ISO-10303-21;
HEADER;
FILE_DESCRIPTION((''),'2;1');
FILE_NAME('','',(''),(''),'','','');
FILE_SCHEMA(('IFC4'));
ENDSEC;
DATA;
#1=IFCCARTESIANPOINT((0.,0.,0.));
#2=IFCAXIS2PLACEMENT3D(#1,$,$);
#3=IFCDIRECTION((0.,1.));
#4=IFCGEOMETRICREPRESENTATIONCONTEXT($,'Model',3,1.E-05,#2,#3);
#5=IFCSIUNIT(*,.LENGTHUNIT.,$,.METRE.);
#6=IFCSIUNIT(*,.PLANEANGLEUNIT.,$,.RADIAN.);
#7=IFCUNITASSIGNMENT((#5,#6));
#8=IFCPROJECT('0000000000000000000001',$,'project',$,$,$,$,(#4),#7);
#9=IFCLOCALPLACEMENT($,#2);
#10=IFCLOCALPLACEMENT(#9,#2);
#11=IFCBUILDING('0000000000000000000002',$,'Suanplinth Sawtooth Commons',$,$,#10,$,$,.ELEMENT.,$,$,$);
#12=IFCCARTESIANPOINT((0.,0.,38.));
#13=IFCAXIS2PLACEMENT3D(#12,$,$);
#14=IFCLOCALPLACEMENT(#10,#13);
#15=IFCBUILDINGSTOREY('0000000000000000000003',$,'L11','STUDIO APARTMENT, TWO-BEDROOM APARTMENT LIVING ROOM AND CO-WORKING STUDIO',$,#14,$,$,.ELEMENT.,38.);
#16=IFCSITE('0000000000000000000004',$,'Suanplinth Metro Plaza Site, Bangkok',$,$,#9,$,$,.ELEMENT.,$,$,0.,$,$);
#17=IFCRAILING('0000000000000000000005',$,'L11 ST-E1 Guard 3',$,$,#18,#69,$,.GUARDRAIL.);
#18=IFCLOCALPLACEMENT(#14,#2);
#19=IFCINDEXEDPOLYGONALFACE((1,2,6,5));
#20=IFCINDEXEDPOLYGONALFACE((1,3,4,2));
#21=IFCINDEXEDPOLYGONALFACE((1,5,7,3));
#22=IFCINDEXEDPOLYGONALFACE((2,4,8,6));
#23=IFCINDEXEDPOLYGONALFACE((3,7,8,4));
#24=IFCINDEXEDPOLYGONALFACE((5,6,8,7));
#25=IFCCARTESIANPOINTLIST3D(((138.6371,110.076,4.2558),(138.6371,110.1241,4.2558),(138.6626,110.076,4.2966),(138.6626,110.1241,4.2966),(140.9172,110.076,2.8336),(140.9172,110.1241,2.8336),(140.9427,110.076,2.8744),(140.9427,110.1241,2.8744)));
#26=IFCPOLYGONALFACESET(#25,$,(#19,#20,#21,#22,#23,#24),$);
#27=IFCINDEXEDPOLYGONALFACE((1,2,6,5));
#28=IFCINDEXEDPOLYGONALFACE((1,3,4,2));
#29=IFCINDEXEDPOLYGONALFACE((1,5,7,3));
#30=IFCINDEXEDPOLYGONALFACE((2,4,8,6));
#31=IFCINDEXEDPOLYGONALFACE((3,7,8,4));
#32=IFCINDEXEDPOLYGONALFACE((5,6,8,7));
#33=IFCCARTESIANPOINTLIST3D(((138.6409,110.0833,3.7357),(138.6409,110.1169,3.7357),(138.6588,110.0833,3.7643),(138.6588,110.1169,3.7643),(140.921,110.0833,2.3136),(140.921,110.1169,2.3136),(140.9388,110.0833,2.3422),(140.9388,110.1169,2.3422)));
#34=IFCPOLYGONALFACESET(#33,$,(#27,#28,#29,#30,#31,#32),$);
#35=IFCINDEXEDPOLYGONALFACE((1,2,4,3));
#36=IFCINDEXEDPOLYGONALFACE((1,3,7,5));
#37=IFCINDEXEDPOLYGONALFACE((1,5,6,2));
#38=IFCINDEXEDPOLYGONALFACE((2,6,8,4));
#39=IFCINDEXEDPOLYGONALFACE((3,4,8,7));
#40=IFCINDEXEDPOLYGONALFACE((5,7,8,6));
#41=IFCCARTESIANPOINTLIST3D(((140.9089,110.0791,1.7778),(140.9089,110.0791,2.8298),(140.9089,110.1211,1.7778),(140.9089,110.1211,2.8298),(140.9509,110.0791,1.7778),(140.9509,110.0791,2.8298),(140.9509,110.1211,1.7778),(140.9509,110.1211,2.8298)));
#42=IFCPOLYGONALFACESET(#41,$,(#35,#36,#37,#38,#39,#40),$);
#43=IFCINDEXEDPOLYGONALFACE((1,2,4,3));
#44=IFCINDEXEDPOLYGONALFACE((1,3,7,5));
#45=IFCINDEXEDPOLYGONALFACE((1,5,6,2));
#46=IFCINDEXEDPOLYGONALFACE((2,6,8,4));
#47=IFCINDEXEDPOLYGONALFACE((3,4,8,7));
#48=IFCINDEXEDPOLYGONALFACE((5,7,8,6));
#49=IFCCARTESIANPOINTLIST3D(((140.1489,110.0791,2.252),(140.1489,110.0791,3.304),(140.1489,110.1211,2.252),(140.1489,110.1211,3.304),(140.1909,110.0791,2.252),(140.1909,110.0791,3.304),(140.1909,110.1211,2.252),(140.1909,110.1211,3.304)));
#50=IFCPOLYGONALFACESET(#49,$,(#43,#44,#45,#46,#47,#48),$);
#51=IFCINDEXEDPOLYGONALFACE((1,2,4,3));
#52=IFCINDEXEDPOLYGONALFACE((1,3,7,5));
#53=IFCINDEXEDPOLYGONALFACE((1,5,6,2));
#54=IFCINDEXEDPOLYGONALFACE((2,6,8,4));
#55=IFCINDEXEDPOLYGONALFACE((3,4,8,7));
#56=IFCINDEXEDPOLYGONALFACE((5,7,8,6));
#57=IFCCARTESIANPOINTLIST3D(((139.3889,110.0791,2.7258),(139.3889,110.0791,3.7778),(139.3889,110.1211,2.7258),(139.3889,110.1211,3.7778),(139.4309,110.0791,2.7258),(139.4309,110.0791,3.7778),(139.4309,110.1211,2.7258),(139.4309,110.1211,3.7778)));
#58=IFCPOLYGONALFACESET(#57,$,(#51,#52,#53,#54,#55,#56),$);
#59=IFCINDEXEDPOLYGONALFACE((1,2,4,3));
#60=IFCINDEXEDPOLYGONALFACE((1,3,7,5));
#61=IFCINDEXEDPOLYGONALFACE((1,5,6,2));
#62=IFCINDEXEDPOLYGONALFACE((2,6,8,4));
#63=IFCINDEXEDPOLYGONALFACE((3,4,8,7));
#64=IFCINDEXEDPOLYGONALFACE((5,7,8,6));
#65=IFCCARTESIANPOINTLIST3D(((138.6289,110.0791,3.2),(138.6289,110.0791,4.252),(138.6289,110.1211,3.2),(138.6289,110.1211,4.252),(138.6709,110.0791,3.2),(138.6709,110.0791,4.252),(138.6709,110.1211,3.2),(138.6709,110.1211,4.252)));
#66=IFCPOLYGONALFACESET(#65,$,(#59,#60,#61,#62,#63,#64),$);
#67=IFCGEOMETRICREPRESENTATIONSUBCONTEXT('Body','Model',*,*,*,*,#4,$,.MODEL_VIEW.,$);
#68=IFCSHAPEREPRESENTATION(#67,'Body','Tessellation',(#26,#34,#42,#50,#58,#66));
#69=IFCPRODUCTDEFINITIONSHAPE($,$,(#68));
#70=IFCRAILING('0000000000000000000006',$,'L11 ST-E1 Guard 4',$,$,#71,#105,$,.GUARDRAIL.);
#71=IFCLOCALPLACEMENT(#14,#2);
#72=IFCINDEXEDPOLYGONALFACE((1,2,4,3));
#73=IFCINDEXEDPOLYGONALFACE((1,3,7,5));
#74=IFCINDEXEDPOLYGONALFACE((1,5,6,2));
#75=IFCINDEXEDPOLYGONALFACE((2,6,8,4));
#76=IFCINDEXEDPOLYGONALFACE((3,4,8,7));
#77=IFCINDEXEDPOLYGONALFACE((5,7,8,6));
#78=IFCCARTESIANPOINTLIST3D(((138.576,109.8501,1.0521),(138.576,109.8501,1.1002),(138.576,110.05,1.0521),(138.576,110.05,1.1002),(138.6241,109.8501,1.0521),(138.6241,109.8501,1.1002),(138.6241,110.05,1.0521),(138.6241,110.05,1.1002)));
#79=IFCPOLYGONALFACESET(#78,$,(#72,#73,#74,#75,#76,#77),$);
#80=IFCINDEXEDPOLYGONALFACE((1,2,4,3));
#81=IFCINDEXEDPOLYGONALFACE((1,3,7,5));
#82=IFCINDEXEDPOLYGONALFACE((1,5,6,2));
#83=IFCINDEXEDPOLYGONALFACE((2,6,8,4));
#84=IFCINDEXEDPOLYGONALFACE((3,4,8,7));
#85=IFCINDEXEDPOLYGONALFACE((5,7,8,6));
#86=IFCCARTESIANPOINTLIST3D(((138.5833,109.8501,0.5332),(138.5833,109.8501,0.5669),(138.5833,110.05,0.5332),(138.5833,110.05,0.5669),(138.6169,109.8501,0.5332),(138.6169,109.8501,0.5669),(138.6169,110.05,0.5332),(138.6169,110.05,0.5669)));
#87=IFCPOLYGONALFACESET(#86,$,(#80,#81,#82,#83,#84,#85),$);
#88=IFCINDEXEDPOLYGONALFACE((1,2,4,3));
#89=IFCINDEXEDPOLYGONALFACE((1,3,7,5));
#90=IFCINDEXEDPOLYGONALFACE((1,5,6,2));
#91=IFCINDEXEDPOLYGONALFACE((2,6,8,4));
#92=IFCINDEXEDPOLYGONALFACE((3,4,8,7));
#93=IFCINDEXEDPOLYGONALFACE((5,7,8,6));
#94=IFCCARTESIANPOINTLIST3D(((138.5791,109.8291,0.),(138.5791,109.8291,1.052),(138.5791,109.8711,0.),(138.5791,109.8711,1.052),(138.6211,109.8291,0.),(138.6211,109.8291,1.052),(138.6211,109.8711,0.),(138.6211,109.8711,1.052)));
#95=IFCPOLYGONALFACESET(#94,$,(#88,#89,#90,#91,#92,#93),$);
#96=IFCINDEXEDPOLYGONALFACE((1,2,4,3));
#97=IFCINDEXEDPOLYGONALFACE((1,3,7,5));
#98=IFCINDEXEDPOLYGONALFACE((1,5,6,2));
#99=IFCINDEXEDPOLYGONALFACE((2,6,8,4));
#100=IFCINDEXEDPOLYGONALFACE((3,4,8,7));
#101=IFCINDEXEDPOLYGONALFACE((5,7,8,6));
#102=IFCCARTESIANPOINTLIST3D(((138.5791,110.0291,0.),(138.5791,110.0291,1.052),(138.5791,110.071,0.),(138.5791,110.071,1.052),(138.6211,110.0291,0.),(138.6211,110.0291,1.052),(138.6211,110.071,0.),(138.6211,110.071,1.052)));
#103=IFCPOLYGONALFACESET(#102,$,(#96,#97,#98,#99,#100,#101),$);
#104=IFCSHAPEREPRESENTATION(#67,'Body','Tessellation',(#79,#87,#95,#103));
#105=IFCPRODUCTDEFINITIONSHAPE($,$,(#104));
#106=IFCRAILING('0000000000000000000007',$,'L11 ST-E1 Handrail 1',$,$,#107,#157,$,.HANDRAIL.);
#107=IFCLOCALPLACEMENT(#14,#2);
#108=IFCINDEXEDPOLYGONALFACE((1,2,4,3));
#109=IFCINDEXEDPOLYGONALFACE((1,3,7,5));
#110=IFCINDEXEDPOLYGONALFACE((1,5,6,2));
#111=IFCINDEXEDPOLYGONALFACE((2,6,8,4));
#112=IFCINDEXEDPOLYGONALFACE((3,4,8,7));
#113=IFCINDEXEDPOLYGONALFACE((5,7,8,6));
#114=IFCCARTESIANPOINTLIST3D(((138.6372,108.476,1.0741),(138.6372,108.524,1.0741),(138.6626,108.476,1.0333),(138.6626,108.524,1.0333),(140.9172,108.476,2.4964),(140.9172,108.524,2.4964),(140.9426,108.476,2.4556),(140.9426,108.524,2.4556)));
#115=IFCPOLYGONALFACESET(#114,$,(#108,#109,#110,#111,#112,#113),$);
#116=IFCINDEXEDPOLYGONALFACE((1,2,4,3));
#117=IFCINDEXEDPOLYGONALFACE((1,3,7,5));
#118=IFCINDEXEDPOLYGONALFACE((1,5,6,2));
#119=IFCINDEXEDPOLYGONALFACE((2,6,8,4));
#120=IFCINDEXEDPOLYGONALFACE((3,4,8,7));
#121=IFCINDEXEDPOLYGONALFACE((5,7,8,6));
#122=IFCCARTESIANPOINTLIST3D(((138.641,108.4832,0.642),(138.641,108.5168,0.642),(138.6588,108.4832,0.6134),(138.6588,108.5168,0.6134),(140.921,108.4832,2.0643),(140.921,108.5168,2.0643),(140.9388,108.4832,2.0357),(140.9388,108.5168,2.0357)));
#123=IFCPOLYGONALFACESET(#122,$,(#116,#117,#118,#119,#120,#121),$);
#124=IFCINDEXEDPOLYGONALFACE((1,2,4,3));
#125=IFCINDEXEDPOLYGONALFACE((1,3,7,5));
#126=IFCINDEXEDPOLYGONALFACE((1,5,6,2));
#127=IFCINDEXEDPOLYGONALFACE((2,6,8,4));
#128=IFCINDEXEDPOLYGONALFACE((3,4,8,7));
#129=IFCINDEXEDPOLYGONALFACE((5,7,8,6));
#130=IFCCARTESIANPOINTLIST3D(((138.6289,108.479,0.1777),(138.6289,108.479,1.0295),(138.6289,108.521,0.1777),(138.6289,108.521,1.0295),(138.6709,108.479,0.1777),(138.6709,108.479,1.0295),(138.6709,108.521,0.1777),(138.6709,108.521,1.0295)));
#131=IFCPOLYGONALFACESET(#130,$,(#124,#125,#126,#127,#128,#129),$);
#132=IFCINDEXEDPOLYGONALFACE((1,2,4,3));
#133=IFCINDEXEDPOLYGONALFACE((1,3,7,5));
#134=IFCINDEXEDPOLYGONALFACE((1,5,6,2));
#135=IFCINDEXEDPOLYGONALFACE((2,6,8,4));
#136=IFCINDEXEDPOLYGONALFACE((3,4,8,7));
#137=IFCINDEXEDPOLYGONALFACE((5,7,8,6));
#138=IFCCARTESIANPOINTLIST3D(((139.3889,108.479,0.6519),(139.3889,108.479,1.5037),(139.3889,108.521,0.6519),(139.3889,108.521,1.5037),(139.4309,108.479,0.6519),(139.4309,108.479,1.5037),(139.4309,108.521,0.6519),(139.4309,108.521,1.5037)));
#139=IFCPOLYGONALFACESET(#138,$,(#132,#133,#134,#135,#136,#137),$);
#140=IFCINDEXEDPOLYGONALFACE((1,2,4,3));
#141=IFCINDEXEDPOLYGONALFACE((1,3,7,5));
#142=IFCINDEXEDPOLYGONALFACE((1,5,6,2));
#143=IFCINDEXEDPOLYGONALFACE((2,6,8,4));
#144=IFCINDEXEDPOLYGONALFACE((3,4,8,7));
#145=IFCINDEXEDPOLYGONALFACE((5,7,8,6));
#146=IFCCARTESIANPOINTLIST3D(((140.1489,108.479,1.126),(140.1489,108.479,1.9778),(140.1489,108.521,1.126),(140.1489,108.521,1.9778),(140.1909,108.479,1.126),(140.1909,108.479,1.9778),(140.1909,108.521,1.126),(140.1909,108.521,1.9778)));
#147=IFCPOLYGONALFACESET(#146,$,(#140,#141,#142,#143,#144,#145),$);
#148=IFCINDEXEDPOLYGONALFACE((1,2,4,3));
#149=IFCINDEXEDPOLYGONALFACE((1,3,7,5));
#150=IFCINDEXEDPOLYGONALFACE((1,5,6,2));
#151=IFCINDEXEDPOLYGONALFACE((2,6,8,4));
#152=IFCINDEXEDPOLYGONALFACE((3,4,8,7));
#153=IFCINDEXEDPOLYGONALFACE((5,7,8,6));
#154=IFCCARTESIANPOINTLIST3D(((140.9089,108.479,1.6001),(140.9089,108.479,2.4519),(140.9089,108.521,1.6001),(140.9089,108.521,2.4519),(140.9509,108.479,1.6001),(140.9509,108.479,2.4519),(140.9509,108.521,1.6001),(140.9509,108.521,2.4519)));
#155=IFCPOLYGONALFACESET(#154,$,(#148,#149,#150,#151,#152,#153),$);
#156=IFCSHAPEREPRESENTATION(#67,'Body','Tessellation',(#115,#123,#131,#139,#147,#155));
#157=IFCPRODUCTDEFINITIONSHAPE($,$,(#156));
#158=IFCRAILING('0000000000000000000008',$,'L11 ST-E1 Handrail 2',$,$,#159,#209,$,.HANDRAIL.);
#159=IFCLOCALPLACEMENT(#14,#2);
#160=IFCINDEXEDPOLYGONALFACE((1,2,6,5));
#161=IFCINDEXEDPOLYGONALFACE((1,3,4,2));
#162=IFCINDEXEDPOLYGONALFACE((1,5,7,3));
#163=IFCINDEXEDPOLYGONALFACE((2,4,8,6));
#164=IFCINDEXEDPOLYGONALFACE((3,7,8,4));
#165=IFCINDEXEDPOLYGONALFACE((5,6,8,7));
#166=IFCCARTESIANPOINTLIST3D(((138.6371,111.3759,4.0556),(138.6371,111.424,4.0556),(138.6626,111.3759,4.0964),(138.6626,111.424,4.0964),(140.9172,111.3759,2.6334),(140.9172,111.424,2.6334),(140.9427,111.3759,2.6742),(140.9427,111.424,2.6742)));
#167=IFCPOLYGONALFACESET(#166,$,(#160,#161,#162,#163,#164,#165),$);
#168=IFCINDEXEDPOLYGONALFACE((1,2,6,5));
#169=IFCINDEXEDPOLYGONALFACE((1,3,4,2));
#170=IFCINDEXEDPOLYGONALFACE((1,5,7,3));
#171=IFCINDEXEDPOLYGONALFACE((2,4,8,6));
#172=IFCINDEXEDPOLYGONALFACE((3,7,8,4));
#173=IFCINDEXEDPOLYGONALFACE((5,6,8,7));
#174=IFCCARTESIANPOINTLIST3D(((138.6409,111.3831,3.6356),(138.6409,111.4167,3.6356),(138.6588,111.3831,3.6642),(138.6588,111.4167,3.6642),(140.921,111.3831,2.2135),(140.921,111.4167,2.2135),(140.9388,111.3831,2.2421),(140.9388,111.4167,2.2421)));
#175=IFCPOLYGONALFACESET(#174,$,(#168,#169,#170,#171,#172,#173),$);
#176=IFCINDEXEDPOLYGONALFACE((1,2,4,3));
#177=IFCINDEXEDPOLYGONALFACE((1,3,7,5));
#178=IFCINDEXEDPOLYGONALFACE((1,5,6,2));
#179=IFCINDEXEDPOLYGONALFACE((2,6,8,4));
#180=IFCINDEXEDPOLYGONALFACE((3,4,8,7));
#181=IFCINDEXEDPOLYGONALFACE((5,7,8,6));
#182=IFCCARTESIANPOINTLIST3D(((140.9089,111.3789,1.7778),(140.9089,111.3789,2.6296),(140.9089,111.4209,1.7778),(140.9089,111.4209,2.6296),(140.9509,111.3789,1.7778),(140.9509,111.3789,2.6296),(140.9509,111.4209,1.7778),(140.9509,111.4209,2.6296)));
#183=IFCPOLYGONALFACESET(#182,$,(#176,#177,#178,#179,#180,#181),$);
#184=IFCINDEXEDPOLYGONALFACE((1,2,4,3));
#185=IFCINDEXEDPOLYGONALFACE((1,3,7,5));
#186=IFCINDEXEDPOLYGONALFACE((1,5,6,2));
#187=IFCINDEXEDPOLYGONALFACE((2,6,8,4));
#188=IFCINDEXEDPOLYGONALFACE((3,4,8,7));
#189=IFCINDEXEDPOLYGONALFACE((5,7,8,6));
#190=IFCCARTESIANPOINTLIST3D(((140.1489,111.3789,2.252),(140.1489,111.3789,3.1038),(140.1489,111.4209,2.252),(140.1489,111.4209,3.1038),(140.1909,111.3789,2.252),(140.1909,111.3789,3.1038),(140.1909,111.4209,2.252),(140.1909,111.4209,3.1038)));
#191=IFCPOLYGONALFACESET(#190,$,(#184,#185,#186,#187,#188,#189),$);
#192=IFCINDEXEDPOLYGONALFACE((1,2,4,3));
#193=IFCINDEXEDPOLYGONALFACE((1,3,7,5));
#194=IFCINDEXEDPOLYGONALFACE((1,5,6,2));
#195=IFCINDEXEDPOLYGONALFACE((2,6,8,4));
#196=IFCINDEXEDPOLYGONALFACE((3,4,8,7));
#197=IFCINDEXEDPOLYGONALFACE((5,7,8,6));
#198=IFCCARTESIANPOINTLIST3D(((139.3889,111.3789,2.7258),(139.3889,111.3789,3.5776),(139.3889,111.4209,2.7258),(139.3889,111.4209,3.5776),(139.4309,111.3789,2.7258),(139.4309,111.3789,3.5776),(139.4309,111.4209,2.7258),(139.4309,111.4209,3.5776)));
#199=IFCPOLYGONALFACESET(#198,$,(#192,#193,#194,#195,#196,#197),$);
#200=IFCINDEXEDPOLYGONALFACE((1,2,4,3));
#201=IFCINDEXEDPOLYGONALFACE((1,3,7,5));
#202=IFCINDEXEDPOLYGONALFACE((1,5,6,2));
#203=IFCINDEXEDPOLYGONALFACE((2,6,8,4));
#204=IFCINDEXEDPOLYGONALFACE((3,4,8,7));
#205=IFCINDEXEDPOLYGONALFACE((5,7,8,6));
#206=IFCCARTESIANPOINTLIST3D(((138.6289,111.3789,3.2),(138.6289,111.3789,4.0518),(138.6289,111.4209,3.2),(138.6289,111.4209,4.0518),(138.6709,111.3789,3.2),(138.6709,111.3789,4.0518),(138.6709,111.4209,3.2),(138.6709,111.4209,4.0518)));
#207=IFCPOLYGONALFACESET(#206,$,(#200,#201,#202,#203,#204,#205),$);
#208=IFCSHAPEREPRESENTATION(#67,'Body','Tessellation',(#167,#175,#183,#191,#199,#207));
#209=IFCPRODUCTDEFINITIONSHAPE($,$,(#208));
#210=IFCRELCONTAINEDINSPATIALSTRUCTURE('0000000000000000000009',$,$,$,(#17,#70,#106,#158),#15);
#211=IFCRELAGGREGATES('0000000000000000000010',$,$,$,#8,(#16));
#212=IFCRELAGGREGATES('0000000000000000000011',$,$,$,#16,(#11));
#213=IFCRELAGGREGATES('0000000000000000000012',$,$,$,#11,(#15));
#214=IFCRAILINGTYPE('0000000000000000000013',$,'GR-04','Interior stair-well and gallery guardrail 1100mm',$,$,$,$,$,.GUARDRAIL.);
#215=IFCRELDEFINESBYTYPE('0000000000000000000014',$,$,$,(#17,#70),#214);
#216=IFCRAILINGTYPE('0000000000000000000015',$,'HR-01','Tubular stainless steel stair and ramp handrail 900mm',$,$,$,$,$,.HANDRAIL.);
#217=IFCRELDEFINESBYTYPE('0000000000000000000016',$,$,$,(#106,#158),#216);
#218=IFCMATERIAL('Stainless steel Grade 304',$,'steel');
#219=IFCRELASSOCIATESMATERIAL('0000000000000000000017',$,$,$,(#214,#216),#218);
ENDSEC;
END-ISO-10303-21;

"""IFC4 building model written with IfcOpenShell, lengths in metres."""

from ifc_helpers import new_model, si_unit, direction, frame, origin, origin_2d, place, context, subcontext, project, spatial, rectangle, extrude, material, type_object, element, save


model = new_model("IFC4")

# Units and contexts
model_context = context("Model", 3, precision=1e-05, world=origin(), true_north=direction((0.0, 1.0)))
body_context = subcontext(model_context, "Body", "Model", "MODEL_VIEW")
ifc_project = project(units=[si_unit("LENGTHUNIT", "METRE"), si_unit("PLANEANGLEUNIT", "RADIAN")], contexts=[model_context])

# Site, building, storey
site_placement = place(None, origin())
site = spatial("IfcSite", under=ifc_project, at=site_placement, Name="Suanplinth Metro Plaza Site, Bangkok", CompositionType="ELEMENT", RefElevation=0.0)
building_placement = place(site_placement, origin())
building = spatial("IfcBuilding", under=site, at=building_placement, Name="Suanplinth Sawtooth Commons", CompositionType="ELEMENT")
storey_placement = place(building_placement, frame((0.0, 0.0, 38.0)))
storey = spatial("IfcBuildingStorey", under=building, at=storey_placement, Name="L11", Description="STUDIO APARTMENT, TWO-BEDROOM APARTMENT LIVING ROOM AND CO-WORKING STUDIO", CompositionType="ELEMENT", Elevation=38.0)

# Shared definitions
ifc_material_1 = material(Name="Stainless steel Grade 304", Category="steel")

# Railings
railing_type_1 = type_object("IfcRailingType", Name="GR-04", Description="Interior stair-well and gallery guardrail 1100mm", PredefinedType="GUARDRAIL", material=ifc_material_1)
railing_1_placement = place(storey_placement, frame((140.9299, 110.1001, 1.7778)))
element("IfcRailing", 1, at=railing_1_placement, inside=storey, type_object=railing_type_1, Name="L11 ST-E1 Guard 3", PredefinedType="GUARDRAIL", context=body_context, shape_type="SweptSolid", body=[
    extrude(rectangle(XDim=0.0481, YDim=0.0481, at=origin_2d()), frame((0.0, 0.0, 1.0762), z_axis=(-0.848483, 0.0, 0.529223), x_axis=(0.0, -1.0, 0.0)), (0.0, 0.0, 1.0), 2.6873),
    extrude(rectangle(XDim=0.0337, YDim=0.0337, at=origin_2d()), frame((0.0, 0.0, 0.55), z_axis=(-0.848483, 0.0, 0.529223), x_axis=(0.0, -1.0, 0.0)), (0.0, 0.0, 1.0), 2.6873),
    extrude(rectangle(XDim=0.042, YDim=0.042, at=origin_2d()), origin(), (0.0, 0.0, 1.0), 1.052),
    extrude(rectangle(XDim=0.042, YDim=0.042, at=origin_2d()), frame((-0.76, 0.0, 0.4741)), (0.0, 0.0, 1.0), 1.052),
    extrude(rectangle(XDim=0.042, YDim=0.042, at=origin_2d()), frame((-1.52, 0.0, 0.948)), (0.0, 0.0, 1.0), 1.052),
    extrude(rectangle(XDim=0.042, YDim=0.042, at=origin_2d()), frame((-2.28, 0.0, 1.4221)), (0.0, 0.0, 1.0), 1.052),
])
railing_2_placement = place(storey_placement, frame((138.6001, 109.8501, 0.0)))
element("IfcRailing", 2, at=railing_2_placement, inside=storey, type_object=railing_type_1, Name="L11 ST-E1 Guard 4", PredefinedType="GUARDRAIL", context=body_context, shape_type="SweptSolid", body=[
    extrude(rectangle(XDim=0.0481, YDim=0.0481, at=origin_2d()), frame((0.0, 0.0, 1.0762), z_axis=(0.0, 1.0, 0.0), x_axis=(-1.0, 0.0, 0.0)), (0.0, 0.0, 1.0), 0.2),
    extrude(rectangle(XDim=0.0337, YDim=0.0337, at=origin_2d()), frame((0.0, 0.0, 0.55), z_axis=(0.0, 1.0, 0.0), x_axis=(-1.0, 0.0, 0.0)), (0.0, 0.0, 1.0), 0.2),
    extrude(rectangle(XDim=0.042, YDim=0.042, at=origin_2d()), origin(), (0.0, 0.0, 1.0), 1.052),
    extrude(rectangle(XDim=0.042, YDim=0.042, at=origin_2d()), frame((0.0, 0.2, 0.0)), (0.0, 0.0, 1.0), 1.052),
])
railing_type_2 = type_object("IfcRailingType", Name="HR-01", Description="Tubular stainless steel stair and ramp handrail 900mm", PredefinedType="HANDRAIL", material=ifc_material_1)
railing_3_placement = place(storey_placement, frame((138.6499, 108.5, 0.1777)))
element("IfcRailing", 3, at=railing_3_placement, inside=storey, type_object=railing_type_2, Name="L11 ST-E1 Handrail 1", PredefinedType="HANDRAIL", context=body_context, shape_type="SweptSolid", body=[
    extrude(rectangle(XDim=0.0481, YDim=0.0481, at=origin_2d()), frame((0.0, 0.0, 0.876), z_axis=(0.848442, 0.0, 0.529288), x_axis=(0.0, 1.0, 0.0)), (0.0, 0.0, 1.0), 2.6873),
    extrude(rectangle(XDim=0.0337, YDim=0.0337, at=origin_2d()), frame((0.0, 0.0, 0.45), z_axis=(0.848442, 0.0, 0.529288), x_axis=(0.0, 1.0, 0.0)), (0.0, 0.0, 1.0), 2.6873),
    extrude(rectangle(XDim=0.042, YDim=0.042, at=origin_2d()), origin(), (0.0, 0.0, 1.0), 0.8518),
    extrude(rectangle(XDim=0.042, YDim=0.042, at=origin_2d()), frame((0.76, 0.0, 0.4741)), (0.0, 0.0, 1.0), 0.8518),
    extrude(rectangle(XDim=0.042, YDim=0.042, at=origin_2d()), frame((1.52, 0.0, 0.9482)), (0.0, 0.0, 1.0), 0.8518),
    extrude(rectangle(XDim=0.042, YDim=0.042, at=origin_2d()), frame((2.28, 0.0, 1.4224)), (0.0, 0.0, 1.0), 0.8518),
])
railing_4_placement = place(storey_placement, frame((140.9299, 111.3999, 1.7778)))
element("IfcRailing", 4, at=railing_4_placement, inside=storey, type_object=railing_type_2, Name="L11 ST-E1 Handrail 2", PredefinedType="HANDRAIL", context=body_context, shape_type="SweptSolid", body=[
    extrude(rectangle(XDim=0.0481, YDim=0.0481, at=origin_2d()), frame((0.0, 0.0, 0.876), z_axis=(-0.848483, 0.0, 0.529223), x_axis=(0.0, -1.0, 0.0)), (0.0, 0.0, 1.0), 2.6873),
    extrude(rectangle(XDim=0.0337, YDim=0.0337, at=origin_2d()), frame((0.0, 0.0, 0.45), z_axis=(-0.848483, 0.0, 0.529223), x_axis=(0.0, -1.0, 0.0)), (0.0, 0.0, 1.0), 2.6873),
    extrude(rectangle(XDim=0.042, YDim=0.042, at=origin_2d()), origin(), (0.0, 0.0, 1.0), 0.8518),
    extrude(rectangle(XDim=0.042, YDim=0.042, at=origin_2d()), frame((-0.76, 0.0, 0.4741)), (0.0, 0.0, 1.0), 0.8518),
    extrude(rectangle(XDim=0.042, YDim=0.042, at=origin_2d()), frame((-1.52, 0.0, 0.948)), (0.0, 0.0, 1.0), 0.8518),
    extrude(rectangle(XDim=0.042, YDim=0.042, at=origin_2d()), frame((-2.28, 0.0, 1.4221)), (0.0, 0.0, 1.0), 0.8518),
])

save(model, "model.ifc")
